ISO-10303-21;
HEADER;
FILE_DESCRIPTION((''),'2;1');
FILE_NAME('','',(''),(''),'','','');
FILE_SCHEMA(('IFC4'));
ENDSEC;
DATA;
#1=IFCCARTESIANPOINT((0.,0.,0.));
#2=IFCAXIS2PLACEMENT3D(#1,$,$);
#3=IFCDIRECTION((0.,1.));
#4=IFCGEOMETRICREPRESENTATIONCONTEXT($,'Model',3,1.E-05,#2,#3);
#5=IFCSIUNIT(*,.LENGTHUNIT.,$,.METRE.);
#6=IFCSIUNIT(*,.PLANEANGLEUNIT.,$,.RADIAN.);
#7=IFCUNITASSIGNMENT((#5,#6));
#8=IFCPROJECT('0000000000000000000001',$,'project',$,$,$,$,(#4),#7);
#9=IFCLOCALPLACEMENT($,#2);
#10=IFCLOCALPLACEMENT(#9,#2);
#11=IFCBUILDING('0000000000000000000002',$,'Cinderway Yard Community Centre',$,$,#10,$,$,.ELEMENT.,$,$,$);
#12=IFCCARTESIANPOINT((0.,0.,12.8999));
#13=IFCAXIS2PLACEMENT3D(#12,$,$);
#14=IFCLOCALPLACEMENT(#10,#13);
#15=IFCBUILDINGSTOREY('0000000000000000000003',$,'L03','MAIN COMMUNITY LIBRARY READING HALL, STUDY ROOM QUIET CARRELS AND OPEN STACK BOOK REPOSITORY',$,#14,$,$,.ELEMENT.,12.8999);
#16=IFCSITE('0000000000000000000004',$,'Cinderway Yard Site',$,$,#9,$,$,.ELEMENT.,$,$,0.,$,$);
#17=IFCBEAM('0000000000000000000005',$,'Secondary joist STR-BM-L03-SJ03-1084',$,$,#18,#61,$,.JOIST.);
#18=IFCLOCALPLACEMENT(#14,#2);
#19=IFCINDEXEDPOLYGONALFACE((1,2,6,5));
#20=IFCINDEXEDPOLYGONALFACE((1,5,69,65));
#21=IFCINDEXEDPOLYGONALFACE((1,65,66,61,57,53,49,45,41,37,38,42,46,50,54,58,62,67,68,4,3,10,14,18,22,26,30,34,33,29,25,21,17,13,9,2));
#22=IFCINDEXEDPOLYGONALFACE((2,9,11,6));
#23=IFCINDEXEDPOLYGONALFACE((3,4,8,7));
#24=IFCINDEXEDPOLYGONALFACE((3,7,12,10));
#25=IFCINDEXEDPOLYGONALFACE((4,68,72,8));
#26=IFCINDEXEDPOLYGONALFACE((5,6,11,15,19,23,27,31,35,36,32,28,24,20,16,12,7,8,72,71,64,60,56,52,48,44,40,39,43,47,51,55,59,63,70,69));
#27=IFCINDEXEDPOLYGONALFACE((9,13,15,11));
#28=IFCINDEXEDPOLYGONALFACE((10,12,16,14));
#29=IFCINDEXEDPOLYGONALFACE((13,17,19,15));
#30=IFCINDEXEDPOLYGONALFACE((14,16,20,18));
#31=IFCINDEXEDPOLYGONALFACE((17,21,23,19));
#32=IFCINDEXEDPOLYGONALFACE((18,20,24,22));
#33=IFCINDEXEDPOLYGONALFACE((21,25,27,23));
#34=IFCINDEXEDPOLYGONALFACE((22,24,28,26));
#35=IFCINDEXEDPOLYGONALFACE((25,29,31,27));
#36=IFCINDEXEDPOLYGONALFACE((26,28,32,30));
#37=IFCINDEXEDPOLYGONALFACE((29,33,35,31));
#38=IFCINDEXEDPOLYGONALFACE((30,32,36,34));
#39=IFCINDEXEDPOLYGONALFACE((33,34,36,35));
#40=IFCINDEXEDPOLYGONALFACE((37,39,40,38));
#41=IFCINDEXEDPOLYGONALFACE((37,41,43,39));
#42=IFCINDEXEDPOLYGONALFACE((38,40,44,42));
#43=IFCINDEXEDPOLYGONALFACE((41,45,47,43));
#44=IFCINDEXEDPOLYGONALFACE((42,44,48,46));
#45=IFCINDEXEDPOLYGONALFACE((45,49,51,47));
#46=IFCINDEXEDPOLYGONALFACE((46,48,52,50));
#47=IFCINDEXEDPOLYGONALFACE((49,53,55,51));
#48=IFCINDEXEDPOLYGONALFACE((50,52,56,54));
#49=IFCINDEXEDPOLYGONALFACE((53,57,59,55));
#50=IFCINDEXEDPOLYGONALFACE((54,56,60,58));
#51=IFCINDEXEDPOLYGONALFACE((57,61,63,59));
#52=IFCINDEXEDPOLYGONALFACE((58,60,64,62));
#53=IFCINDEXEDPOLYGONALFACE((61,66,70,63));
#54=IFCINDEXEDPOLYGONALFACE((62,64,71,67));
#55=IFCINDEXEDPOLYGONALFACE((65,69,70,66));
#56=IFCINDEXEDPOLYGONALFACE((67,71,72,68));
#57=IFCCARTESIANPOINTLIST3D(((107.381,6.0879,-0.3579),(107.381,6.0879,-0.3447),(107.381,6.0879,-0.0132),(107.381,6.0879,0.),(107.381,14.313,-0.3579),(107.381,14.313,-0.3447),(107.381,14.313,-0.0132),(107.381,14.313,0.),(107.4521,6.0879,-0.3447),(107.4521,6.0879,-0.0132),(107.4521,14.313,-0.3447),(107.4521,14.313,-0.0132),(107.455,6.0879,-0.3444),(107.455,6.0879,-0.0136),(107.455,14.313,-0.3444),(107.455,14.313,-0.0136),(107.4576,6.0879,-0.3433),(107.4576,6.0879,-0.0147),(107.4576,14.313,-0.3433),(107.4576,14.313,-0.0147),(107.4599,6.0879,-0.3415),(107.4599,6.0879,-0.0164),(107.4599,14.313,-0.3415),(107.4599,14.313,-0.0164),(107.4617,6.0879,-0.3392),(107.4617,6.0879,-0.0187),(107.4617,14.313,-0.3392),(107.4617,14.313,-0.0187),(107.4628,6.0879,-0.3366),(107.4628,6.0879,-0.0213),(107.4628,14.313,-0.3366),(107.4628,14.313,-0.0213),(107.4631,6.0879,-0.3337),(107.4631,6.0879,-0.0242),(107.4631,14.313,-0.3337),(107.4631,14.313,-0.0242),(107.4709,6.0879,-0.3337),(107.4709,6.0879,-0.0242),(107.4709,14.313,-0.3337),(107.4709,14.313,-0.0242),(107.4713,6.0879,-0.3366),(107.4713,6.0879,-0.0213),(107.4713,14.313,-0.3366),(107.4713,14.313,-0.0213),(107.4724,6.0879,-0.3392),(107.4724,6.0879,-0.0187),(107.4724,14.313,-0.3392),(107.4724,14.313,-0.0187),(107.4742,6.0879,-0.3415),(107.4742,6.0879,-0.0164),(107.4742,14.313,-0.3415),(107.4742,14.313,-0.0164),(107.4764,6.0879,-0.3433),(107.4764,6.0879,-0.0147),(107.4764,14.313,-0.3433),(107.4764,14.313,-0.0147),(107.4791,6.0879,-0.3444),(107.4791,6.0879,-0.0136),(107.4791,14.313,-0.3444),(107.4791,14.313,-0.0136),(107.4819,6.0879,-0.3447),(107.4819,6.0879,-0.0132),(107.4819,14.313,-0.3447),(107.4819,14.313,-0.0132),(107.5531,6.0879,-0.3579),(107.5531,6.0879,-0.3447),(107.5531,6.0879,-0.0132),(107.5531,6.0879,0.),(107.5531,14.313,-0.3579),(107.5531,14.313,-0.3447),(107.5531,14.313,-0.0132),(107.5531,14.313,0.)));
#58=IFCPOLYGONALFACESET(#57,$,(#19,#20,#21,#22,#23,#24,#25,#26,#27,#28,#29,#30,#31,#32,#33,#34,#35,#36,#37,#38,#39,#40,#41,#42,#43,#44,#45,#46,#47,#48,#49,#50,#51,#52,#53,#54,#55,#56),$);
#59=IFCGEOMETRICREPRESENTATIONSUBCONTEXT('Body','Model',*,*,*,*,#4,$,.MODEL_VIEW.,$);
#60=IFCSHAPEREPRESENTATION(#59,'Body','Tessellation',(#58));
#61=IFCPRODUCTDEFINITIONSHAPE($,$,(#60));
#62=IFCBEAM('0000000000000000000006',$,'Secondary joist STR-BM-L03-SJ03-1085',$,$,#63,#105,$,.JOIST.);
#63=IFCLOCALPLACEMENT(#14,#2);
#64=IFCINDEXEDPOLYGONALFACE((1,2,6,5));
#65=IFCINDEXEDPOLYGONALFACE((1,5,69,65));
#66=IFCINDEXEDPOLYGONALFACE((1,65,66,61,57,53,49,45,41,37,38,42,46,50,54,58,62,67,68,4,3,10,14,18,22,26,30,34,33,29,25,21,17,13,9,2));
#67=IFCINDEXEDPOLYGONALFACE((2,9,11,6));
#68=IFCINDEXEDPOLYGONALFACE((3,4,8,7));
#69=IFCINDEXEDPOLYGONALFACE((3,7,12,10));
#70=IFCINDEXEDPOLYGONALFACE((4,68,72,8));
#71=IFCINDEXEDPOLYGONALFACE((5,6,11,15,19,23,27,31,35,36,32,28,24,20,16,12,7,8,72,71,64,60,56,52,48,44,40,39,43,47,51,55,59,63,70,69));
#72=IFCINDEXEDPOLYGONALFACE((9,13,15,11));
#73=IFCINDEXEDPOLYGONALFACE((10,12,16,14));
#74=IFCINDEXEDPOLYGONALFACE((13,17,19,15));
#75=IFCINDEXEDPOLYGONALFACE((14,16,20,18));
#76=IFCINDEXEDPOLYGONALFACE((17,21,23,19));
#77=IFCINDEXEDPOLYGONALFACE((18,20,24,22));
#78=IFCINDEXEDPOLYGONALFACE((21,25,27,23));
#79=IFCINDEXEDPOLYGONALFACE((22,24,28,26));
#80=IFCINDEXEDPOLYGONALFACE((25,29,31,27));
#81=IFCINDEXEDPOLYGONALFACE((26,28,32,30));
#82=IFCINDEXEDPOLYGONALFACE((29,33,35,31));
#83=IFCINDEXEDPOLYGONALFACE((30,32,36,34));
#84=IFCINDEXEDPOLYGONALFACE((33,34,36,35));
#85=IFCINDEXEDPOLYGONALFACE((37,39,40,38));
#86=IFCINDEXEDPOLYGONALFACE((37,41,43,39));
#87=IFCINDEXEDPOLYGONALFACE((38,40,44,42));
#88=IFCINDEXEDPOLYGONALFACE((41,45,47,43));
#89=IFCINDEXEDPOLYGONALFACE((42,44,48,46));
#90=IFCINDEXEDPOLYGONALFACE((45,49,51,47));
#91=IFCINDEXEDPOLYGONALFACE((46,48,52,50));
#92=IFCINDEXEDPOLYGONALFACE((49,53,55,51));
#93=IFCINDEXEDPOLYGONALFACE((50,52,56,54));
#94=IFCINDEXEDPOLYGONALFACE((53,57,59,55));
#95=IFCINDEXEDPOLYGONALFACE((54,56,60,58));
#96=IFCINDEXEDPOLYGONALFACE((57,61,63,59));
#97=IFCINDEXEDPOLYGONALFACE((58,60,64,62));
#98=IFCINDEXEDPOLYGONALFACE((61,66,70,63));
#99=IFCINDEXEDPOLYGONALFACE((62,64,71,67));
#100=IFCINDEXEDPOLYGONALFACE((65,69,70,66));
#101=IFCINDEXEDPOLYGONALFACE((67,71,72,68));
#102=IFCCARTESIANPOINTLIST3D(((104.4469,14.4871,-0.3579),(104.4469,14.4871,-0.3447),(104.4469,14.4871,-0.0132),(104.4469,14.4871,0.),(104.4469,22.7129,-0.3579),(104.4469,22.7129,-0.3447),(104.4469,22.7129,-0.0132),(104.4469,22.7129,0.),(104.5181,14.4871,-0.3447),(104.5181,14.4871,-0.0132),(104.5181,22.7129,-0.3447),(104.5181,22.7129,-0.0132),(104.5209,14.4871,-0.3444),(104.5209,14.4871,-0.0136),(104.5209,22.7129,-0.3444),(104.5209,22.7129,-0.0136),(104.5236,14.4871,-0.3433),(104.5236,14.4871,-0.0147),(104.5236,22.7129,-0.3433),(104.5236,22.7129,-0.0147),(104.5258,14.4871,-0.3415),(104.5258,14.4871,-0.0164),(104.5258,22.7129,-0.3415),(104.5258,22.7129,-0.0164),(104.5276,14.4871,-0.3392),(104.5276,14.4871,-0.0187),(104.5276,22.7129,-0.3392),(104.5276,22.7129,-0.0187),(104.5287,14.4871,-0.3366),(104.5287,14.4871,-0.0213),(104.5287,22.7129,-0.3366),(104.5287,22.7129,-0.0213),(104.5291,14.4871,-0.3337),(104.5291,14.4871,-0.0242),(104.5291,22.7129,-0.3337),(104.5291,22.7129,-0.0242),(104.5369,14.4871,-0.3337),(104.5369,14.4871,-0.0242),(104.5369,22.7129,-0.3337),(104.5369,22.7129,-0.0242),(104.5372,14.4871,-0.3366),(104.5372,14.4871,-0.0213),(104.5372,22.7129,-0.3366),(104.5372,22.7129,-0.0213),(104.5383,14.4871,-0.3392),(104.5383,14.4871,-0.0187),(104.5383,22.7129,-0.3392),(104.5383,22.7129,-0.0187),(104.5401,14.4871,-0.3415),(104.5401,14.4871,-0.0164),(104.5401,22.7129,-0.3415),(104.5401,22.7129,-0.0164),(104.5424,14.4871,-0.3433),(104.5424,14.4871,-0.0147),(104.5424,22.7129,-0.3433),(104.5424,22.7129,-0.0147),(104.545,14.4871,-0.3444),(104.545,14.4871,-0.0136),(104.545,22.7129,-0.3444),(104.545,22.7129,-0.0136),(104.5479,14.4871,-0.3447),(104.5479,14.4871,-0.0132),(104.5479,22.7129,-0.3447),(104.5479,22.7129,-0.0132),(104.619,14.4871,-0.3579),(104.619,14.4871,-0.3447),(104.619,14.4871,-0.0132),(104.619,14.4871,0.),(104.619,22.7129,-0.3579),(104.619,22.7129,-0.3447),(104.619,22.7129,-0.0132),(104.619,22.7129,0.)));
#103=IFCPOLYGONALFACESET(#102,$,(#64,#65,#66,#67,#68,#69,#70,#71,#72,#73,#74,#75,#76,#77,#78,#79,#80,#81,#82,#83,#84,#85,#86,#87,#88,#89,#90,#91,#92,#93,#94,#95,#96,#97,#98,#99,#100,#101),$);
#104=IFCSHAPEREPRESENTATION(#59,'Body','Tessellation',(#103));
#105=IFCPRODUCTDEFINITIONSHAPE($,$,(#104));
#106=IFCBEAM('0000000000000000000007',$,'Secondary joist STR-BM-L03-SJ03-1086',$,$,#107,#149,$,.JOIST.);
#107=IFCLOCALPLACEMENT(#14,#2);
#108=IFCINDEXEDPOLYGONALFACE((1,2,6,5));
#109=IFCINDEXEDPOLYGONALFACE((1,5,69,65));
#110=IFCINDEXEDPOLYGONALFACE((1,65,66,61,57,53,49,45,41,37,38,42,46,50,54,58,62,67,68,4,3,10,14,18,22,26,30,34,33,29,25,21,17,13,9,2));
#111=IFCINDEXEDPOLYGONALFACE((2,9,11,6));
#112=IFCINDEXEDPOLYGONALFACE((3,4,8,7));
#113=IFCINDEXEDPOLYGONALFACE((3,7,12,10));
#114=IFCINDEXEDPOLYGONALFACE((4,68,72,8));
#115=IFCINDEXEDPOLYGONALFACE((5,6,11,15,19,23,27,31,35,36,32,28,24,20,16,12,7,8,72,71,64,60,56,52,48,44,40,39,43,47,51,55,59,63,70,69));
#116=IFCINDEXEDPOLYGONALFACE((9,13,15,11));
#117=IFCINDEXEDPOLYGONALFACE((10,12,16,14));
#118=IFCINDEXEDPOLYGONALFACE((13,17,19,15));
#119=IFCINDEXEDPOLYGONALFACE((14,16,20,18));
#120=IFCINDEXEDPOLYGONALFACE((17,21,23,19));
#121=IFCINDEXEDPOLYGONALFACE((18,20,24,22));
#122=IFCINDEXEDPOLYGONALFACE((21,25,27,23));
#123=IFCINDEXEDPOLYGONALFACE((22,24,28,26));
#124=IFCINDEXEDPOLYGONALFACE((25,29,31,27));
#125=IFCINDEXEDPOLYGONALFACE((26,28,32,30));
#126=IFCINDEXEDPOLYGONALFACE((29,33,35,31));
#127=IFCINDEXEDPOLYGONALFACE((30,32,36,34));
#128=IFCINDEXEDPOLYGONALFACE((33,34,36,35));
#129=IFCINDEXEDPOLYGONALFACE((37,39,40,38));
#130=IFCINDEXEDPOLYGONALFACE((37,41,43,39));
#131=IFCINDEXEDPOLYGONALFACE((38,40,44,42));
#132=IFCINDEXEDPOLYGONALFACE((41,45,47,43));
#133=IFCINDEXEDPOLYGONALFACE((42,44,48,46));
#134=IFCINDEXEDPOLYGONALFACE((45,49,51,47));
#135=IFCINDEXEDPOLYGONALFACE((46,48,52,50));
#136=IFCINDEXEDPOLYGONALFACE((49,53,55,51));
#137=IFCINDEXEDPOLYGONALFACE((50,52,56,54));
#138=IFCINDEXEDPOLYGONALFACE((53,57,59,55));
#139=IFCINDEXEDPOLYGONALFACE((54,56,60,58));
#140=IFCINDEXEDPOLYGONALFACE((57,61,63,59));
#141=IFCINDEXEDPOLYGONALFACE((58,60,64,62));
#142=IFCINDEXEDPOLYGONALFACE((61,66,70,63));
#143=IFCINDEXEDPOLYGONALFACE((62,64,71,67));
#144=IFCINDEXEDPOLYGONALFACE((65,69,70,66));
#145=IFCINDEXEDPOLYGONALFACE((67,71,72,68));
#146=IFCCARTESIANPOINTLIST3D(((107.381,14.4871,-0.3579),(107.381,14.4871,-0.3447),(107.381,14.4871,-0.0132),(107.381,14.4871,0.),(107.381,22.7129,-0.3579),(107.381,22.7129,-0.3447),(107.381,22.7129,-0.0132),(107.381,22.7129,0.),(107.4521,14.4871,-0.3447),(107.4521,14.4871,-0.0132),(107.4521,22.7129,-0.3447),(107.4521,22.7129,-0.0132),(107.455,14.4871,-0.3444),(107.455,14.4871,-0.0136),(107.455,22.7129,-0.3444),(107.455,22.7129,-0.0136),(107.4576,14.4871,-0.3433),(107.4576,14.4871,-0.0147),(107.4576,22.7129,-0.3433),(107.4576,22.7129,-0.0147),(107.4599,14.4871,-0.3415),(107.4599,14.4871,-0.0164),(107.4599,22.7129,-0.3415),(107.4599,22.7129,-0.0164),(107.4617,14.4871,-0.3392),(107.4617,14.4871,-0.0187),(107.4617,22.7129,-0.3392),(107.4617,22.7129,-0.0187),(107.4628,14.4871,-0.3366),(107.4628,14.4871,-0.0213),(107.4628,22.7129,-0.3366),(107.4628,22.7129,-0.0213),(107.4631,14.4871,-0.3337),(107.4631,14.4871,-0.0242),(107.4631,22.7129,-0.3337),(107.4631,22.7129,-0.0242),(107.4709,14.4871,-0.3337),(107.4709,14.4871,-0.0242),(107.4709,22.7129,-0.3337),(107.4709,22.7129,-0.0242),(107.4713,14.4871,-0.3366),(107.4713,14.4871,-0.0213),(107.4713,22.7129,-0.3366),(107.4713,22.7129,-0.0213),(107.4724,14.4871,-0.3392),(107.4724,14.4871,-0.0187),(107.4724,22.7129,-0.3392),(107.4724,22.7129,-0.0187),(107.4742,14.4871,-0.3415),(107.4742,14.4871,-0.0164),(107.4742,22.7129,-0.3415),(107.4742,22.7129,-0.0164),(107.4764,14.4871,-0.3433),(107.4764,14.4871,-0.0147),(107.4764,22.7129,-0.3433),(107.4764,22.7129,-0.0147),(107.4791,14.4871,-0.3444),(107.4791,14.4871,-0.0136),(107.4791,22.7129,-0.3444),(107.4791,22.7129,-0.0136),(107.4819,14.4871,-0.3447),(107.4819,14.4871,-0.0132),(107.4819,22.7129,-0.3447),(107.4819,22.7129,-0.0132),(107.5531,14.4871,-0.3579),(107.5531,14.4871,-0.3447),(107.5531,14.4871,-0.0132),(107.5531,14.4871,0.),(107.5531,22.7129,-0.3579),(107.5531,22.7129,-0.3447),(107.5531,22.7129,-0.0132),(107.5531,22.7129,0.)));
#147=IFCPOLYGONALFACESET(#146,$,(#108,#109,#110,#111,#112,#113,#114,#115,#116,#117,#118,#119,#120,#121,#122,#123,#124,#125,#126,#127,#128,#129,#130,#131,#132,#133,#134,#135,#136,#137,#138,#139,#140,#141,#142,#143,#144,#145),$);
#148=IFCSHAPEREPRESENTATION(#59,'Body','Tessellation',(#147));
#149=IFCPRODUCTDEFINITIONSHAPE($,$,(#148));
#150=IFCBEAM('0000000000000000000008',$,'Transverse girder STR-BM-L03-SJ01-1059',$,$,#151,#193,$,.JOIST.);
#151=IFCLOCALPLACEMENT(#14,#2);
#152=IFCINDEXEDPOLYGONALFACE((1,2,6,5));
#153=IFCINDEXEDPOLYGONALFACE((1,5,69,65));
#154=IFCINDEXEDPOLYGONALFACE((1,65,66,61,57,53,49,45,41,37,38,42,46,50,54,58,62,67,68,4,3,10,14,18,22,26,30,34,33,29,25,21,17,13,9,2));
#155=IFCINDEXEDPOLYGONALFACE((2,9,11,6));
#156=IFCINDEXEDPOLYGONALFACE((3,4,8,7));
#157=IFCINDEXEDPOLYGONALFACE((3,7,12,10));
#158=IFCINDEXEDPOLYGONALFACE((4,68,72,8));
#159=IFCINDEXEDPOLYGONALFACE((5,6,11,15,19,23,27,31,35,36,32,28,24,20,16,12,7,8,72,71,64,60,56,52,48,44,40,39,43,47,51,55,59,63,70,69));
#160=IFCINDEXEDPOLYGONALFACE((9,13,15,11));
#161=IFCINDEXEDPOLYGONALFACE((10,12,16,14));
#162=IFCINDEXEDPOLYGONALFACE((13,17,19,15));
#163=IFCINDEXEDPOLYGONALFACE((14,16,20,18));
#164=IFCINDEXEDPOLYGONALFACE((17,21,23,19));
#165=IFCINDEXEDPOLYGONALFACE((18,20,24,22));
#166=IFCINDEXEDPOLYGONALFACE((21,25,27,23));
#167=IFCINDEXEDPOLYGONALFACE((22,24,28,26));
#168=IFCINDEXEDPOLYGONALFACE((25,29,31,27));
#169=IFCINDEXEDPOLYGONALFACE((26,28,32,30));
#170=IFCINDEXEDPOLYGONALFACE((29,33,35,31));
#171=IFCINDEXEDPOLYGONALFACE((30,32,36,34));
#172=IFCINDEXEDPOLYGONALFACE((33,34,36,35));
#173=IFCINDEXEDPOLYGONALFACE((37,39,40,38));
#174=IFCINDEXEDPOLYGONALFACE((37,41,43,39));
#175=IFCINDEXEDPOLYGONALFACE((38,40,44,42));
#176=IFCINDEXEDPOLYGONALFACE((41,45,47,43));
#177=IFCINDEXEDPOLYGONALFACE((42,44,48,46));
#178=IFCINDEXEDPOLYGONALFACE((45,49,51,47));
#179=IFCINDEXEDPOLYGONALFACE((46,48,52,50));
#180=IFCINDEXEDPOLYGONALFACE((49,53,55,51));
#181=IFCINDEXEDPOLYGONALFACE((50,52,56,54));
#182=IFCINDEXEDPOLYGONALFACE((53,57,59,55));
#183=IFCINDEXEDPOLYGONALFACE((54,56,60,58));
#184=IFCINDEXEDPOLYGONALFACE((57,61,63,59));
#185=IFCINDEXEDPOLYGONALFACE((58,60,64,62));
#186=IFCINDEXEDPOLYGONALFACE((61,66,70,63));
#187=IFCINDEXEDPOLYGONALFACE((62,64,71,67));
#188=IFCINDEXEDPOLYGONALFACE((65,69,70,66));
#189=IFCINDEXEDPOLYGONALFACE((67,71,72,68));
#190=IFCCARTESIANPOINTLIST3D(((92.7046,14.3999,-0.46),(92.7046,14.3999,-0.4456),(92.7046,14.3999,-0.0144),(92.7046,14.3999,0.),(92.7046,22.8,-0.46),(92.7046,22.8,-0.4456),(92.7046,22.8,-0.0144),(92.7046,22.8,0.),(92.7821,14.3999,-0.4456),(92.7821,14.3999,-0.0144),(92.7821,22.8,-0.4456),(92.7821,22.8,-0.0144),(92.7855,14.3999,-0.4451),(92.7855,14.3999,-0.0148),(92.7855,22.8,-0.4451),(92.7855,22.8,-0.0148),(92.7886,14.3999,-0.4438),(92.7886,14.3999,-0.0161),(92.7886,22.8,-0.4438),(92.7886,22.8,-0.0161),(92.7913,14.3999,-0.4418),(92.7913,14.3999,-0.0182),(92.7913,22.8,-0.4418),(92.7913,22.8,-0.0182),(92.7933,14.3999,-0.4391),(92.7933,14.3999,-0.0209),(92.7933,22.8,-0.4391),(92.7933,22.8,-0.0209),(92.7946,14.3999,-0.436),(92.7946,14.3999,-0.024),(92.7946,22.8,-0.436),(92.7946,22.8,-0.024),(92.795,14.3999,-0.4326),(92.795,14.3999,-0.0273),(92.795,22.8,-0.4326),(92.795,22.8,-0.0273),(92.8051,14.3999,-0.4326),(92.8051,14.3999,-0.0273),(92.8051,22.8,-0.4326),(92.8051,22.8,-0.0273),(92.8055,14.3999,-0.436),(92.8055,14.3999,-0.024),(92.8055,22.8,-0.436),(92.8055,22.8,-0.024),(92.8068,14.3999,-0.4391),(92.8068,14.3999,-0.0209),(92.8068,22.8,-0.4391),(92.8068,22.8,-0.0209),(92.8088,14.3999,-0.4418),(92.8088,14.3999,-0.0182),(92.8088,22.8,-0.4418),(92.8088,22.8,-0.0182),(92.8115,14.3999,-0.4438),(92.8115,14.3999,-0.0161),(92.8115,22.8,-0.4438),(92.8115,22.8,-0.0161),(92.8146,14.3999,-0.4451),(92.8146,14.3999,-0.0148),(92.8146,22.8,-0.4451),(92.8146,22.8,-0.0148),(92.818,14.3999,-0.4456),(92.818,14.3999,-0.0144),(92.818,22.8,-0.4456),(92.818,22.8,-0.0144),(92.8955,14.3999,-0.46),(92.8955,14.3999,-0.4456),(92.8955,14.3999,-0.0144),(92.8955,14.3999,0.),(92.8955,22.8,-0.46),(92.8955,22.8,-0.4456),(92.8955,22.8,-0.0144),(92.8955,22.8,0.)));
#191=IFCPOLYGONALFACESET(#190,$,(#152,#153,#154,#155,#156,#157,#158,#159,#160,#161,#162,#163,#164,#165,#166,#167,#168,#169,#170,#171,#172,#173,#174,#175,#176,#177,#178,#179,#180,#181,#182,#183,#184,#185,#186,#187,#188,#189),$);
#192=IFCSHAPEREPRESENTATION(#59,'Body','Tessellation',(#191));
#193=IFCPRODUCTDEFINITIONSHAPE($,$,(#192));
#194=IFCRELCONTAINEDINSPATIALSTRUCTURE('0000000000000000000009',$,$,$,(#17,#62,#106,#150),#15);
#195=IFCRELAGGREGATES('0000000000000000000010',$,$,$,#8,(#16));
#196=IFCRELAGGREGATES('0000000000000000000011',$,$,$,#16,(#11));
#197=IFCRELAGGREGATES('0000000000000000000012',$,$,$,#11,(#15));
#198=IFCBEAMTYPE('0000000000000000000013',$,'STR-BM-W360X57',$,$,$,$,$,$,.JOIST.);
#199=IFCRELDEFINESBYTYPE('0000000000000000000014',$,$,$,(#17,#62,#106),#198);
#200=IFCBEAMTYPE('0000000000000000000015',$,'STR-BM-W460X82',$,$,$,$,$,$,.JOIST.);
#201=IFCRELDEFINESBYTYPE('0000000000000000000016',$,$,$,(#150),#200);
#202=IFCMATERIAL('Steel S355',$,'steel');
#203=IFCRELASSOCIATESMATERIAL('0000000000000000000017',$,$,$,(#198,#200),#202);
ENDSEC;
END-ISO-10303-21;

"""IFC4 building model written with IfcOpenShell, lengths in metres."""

from ifc_helpers import new_model, si_unit, direction, frame, origin, origin_2d, place, context, subcontext, project, spatial, i_section, extrude, material, material_profile, profile_set, type_object, element, save


model = new_model("IFC4")

# Units and contexts
model_context = context("Model", 3, precision=1e-05, world=origin(), true_north=direction((0.0, 1.0)))
body_context = subcontext(model_context, "Body", "Model", "MODEL_VIEW")
ifc_project = project(units=[si_unit("LENGTHUNIT", "METRE"), si_unit("PLANEANGLEUNIT", "RADIAN")], contexts=[model_context])

# Site, building, storey
site_placement = place(None, origin())
site = spatial("IfcSite", under=ifc_project, at=site_placement, Name="Cinderway Yard Site", CompositionType="ELEMENT", RefElevation=0.0)
building_placement = place(site_placement, origin())
building = spatial("IfcBuilding", under=site, at=building_placement, Name="Cinderway Yard Community Centre", CompositionType="ELEMENT")
storey_placement = place(building_placement, frame((0.0, 0.0, 12.8999)))
storey = spatial("IfcBuildingStorey", under=building, at=storey_placement, Name="L03", Description="MAIN COMMUNITY LIBRARY READING HALL, STUDY ROOM QUIET CARRELS AND OPEN STACK BOOK REPOSITORY", CompositionType="ELEMENT", Elevation=12.8999)

# Shared definitions
ifc_material = material(Name="Steel S355", Category="steel")

# Beams
ifc_material_profile_1 = material_profile(ifc_material, i_section(OverallWidth=0.1721, OverallDepth=0.3579, WebThickness=0.0078, FlangeThickness=0.0132, FilletRadius=0.011, at=origin_2d()), Name="Steel S355")
ifc_profile_set_1 = profile_set([ifc_material_profile_1], Name="Steel S355")
beam_type_1 = type_object("IfcBeamType", Name="STR-BM-W360X57", PredefinedType="JOIST", material=ifc_profile_set_1)
beam_1_placement = place(storey_placement, frame((107.467, 6.0879, -0.179), z_axis=(0.0, 1.0, 0.0), x_axis=(-1.0, 0.0, 0.0)))
element("IfcBeam", 1, at=beam_1_placement, inside=storey, type_object=beam_type_1, Name="Secondary joist STR-BM-L03-SJ03-1084", PredefinedType="JOIST", context=body_context, shape_type="SweptSolid", body=[
    extrude(i_section(OverallWidth=0.1721, OverallDepth=0.3579, WebThickness=0.0078, FlangeThickness=0.0132, FilletRadius=0.011, at=origin_2d()), origin(), (0.0, 0.0, 1.0), 8.2251),
])
for number, where, z_axis, x_axis, name in (
    (2, (104.533, 14.4871, -0.179), (0.0, 1.0, 0.0), (-1.0, 0.0, 0.0), "Secondary joist STR-BM-L03-SJ03-1085"),
    (3, (107.467, 14.4871, -0.179), (0.0, 1.0, 0.0), (-1.0, 0.0, 0.0), "Secondary joist STR-BM-L03-SJ03-1086"),
):
    element("IfcBeam", number, at=place(storey_placement, frame(where, z_axis=z_axis, x_axis=x_axis)), inside=storey, type_object=beam_type_1, Name=name, PredefinedType="JOIST", context=body_context, shape_type="SweptSolid", body=[
        extrude(i_section(OverallWidth=0.1721, OverallDepth=0.3579, WebThickness=0.0078, FlangeThickness=0.0132, FilletRadius=0.011, at=origin_2d()), origin(), (0.0, 0.0, 1.0), 8.2258),
    ])
ifc_material_profile_2 = material_profile(ifc_material, i_section(OverallWidth=0.1909, OverallDepth=0.46, WebThickness=0.01, FlangeThickness=0.0144, FilletRadius=0.0129, at=origin_2d()), Name="Steel S355")
ifc_profile_set_2 = profile_set([ifc_material_profile_2], Name="Steel S355")
beam_type_2 = type_object("IfcBeamType", Name="STR-BM-W460X82", PredefinedType="JOIST", material=ifc_profile_set_2)
for number, where, z_axis, x_axis, name in (
    (4, (92.8, 14.3999, -0.23), (0.0, 1.0, 0.0), (-1.0, 0.0, 0.0), "Transverse girder STR-BM-L03-SJ01-1059"),
):
    element("IfcBeam", number, at=place(storey_placement, frame(where, z_axis=z_axis, x_axis=x_axis)), inside=storey, type_object=beam_type_2, Name=name, PredefinedType="JOIST", context=body_context, shape_type="SweptSolid", body=[
        extrude(i_section(OverallWidth=0.1909, OverallDepth=0.46, WebThickness=0.01, FlangeThickness=0.0144, FilletRadius=0.0129, at=origin_2d()), origin(), (0.0, 0.0, 1.0), 8.4001),
    ])

save(model, "model.ifc")
